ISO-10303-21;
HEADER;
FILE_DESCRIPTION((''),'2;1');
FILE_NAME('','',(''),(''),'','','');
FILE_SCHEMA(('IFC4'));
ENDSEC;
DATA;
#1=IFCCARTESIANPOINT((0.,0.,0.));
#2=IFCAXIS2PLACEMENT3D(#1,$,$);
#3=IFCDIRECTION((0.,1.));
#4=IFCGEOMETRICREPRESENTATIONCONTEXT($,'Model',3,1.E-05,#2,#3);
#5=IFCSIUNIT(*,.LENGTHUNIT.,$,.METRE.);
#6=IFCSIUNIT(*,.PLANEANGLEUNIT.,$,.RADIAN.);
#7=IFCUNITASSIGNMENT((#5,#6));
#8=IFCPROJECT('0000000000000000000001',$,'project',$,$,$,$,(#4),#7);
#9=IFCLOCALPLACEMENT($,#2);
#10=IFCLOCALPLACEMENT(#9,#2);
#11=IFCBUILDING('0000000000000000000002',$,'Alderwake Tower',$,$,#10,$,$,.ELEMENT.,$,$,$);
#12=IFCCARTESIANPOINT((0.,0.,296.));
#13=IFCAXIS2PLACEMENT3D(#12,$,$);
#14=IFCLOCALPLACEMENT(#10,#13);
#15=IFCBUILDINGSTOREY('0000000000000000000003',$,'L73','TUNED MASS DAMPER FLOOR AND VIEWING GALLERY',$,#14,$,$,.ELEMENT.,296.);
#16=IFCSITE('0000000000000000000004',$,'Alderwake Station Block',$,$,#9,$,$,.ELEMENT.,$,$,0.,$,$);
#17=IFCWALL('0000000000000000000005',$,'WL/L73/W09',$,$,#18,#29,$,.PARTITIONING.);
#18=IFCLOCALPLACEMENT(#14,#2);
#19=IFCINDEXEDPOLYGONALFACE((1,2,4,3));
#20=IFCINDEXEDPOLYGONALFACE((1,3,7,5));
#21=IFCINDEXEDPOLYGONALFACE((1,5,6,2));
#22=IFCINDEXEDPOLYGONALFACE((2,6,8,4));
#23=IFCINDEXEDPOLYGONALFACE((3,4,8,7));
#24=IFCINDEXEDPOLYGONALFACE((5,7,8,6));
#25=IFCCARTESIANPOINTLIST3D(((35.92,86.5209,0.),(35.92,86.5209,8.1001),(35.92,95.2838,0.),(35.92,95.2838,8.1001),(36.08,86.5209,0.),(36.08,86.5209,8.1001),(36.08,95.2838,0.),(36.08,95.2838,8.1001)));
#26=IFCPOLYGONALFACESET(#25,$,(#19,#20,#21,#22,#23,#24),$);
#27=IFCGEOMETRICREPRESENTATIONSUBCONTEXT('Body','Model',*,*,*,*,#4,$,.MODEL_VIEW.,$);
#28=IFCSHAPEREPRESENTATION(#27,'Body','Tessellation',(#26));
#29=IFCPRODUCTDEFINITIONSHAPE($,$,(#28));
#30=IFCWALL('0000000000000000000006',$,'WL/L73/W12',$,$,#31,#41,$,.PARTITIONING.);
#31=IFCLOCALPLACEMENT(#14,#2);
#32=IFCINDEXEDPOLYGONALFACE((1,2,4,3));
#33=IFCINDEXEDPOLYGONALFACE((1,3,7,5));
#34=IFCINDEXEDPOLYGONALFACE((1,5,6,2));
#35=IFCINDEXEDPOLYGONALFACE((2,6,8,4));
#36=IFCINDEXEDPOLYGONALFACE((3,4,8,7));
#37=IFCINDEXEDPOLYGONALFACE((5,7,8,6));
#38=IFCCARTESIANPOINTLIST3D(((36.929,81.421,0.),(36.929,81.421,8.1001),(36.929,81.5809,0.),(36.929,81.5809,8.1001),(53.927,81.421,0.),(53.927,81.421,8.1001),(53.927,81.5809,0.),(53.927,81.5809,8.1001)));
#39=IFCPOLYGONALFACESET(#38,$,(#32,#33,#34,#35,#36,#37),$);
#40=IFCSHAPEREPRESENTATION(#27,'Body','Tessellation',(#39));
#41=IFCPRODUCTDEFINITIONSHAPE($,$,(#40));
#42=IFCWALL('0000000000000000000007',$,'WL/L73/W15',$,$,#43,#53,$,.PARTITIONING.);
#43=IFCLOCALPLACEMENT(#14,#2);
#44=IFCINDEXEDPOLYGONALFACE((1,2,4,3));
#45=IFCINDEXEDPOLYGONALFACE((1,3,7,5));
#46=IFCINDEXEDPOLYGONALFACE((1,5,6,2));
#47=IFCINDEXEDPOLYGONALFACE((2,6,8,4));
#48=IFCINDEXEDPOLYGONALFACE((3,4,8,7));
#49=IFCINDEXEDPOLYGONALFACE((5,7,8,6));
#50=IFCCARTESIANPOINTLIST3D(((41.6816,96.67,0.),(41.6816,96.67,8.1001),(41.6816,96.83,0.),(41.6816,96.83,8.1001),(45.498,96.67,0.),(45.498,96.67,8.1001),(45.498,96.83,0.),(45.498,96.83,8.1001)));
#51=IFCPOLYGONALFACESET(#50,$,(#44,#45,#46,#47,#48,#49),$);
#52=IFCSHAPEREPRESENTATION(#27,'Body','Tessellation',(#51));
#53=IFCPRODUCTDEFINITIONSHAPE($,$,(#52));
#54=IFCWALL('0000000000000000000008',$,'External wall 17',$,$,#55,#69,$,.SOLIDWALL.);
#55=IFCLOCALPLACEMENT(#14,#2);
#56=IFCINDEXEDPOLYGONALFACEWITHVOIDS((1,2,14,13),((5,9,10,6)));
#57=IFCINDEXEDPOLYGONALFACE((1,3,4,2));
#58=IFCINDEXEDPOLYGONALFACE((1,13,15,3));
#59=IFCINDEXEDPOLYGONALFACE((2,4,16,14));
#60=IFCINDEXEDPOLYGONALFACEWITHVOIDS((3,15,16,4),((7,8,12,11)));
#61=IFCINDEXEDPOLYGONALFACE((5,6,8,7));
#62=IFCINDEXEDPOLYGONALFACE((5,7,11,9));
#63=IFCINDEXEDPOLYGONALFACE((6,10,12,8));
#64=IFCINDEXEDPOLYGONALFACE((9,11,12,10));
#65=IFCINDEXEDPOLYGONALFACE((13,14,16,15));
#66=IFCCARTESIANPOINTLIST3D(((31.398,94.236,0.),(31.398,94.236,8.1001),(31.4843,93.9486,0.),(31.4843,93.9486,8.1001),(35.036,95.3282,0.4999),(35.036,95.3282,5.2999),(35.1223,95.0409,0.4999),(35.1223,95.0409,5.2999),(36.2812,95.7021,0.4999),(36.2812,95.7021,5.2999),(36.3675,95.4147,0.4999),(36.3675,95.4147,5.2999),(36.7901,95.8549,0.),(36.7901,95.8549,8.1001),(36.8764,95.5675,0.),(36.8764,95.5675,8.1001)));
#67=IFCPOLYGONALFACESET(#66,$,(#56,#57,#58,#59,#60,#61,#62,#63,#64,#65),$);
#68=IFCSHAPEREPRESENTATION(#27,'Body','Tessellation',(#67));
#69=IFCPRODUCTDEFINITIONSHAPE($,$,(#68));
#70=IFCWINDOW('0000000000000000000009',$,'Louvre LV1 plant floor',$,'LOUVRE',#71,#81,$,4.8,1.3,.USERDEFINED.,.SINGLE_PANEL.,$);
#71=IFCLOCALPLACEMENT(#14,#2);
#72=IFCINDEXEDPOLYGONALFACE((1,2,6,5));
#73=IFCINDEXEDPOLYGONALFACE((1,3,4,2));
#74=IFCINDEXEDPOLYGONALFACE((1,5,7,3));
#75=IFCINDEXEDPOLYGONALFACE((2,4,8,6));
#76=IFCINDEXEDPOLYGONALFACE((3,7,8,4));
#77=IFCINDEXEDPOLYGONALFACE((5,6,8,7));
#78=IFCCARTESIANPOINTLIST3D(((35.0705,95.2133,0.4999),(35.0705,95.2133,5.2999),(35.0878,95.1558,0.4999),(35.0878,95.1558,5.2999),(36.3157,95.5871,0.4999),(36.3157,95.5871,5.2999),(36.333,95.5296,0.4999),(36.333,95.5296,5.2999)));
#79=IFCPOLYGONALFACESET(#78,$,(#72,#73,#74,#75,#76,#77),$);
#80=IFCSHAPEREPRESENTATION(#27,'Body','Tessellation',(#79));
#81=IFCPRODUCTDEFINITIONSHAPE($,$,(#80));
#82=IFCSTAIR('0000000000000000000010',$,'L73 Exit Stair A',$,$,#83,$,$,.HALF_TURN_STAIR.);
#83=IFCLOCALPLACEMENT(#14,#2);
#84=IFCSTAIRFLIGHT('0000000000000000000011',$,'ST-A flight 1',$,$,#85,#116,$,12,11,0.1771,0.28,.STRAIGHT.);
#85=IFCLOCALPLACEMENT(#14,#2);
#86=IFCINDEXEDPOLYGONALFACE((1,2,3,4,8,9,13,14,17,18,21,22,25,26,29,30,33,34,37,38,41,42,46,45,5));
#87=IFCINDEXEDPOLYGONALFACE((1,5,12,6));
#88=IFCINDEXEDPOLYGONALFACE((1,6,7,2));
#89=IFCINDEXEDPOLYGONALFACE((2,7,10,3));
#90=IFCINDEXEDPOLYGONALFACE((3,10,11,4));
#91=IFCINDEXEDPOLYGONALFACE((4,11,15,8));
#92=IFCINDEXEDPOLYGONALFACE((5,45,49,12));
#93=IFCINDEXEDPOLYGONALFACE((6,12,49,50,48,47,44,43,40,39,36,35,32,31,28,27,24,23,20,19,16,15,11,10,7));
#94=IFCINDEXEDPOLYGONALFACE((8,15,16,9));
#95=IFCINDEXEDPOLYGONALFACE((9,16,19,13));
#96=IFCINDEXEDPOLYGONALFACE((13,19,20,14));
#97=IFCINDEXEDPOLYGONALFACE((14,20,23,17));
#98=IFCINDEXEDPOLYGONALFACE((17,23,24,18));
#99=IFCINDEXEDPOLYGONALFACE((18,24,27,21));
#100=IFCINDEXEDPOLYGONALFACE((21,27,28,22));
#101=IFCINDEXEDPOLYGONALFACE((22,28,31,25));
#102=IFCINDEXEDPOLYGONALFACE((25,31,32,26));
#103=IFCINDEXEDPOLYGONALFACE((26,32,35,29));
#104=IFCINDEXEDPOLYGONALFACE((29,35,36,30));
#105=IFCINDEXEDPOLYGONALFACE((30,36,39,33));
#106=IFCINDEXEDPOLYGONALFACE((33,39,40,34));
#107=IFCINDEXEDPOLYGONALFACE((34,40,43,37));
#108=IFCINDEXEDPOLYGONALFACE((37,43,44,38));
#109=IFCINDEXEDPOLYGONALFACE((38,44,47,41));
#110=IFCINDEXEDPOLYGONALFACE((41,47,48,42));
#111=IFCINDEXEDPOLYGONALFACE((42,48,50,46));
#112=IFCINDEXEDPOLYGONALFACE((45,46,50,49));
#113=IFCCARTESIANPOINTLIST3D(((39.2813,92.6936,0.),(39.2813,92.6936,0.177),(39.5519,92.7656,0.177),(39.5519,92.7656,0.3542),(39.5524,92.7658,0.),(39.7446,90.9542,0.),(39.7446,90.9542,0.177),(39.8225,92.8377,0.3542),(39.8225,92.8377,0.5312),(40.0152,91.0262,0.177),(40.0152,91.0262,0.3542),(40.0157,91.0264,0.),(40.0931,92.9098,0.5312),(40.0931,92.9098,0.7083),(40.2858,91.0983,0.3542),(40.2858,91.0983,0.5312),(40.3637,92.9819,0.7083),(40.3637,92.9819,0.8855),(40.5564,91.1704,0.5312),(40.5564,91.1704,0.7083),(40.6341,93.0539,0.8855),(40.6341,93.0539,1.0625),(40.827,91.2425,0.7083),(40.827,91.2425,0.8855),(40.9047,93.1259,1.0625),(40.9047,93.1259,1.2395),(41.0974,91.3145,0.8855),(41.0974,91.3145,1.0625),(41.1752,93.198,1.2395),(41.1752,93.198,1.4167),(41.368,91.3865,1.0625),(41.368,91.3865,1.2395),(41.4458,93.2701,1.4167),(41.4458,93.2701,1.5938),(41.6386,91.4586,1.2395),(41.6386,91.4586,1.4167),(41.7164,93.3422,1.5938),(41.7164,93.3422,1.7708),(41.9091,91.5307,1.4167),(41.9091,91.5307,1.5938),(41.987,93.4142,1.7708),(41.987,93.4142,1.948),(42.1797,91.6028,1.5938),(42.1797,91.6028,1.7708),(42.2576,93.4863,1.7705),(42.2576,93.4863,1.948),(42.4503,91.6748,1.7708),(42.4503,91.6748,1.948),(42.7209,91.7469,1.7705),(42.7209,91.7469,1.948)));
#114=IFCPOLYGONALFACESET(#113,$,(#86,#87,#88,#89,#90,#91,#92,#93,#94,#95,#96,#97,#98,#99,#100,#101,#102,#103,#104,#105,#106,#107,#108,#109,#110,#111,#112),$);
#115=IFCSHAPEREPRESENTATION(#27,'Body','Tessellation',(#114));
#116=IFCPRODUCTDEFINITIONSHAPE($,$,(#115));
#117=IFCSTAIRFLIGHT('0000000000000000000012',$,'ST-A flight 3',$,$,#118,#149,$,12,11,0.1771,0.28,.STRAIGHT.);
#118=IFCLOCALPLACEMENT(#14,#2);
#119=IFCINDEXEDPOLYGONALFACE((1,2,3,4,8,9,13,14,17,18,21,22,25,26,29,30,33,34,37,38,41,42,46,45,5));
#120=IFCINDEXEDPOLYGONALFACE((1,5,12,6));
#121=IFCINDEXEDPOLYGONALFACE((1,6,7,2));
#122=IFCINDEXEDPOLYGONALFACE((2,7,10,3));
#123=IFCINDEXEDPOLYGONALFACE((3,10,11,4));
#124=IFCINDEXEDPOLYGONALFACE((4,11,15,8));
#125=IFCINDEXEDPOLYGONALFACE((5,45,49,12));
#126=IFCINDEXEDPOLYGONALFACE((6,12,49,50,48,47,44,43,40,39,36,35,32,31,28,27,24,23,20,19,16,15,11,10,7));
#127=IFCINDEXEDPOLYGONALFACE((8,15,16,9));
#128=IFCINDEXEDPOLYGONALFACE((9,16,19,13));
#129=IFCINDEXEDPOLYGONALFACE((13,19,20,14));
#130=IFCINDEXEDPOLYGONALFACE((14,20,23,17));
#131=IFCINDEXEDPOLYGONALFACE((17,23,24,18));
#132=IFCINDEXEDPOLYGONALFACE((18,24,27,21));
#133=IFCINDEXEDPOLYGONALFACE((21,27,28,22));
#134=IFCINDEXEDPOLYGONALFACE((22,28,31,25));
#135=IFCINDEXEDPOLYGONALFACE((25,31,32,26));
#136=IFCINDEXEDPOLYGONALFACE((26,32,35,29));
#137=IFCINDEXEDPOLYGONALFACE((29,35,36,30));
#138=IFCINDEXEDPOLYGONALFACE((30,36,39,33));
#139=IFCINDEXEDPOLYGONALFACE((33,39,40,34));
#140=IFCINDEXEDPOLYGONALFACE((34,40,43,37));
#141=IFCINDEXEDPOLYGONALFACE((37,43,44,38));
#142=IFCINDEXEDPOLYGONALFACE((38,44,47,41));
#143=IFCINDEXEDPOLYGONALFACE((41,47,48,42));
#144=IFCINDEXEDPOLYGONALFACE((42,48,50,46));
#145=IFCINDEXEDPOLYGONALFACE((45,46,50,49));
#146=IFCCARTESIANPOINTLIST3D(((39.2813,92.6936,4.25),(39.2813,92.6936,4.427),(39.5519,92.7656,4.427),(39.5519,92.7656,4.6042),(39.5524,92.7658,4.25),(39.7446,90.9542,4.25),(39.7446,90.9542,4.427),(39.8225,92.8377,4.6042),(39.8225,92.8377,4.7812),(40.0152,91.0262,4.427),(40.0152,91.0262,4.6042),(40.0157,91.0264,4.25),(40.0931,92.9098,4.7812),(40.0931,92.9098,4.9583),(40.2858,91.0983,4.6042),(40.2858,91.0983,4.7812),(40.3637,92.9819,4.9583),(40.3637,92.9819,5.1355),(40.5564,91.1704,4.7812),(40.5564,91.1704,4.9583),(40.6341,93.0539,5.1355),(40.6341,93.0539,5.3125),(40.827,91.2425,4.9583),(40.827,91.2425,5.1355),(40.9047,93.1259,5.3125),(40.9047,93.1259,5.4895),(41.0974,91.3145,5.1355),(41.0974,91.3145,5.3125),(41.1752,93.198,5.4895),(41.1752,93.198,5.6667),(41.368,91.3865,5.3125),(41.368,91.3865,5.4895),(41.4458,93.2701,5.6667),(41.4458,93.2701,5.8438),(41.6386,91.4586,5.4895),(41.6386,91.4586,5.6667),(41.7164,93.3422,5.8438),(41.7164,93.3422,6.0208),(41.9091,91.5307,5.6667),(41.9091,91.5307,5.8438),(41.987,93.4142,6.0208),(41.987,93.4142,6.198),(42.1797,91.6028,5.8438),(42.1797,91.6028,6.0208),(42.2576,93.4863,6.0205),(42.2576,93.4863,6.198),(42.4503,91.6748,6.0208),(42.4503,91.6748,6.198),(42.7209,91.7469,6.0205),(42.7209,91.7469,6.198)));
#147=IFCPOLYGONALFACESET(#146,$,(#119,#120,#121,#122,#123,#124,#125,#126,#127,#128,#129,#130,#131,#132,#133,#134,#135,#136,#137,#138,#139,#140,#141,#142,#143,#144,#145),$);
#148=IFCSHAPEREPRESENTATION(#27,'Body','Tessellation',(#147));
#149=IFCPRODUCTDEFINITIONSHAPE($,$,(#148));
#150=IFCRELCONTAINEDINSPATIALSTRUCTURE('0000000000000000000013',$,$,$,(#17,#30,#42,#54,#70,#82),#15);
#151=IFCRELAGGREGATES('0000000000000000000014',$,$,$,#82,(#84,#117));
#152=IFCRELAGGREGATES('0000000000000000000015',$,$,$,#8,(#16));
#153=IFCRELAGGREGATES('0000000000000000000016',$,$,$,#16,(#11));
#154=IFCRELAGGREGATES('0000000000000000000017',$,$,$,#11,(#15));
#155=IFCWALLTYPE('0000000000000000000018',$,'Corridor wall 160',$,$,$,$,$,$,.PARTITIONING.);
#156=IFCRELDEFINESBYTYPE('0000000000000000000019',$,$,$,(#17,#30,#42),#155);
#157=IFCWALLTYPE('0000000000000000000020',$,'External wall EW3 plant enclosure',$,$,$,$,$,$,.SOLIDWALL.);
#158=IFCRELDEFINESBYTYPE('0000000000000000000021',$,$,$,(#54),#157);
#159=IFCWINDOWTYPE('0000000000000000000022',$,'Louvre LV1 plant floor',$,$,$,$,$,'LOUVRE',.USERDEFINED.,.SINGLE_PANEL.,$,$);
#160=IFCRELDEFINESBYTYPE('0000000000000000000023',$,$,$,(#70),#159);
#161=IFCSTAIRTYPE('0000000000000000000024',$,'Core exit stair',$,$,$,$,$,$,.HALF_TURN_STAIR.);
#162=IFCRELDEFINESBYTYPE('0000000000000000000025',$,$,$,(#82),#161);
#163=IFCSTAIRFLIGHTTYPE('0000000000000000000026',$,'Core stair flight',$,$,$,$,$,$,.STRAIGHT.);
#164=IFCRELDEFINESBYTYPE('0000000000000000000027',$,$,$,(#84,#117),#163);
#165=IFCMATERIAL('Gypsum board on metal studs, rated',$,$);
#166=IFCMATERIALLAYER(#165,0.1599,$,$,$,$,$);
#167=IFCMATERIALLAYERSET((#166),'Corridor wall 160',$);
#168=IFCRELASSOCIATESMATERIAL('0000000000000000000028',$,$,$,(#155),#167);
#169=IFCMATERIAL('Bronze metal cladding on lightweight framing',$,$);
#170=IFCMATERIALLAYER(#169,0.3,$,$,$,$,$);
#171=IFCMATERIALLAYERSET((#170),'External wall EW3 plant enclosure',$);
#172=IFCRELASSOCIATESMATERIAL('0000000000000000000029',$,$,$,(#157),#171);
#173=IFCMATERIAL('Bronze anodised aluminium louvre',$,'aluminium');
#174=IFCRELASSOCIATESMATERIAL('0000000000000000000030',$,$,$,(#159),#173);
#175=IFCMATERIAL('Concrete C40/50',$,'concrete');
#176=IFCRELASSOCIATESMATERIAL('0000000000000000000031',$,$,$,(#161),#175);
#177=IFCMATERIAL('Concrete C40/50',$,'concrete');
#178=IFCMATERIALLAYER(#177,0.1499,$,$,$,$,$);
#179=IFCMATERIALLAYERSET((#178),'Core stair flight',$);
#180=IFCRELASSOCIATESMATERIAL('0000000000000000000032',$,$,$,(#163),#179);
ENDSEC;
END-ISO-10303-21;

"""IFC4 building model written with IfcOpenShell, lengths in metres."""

from ifc_helpers import new_model, si_unit, direction, frame, frame_2d, origin, place, context, subcontext, project, spatial, polyline, rectangle, outline, extrude, material, layer, layer_set, type_object, element, fill, aggregate, save


model = new_model("IFC4")

# Units and contexts
model_context = context("Model", 3, precision=1e-05, world=origin(), true_north=direction((0.0, 1.0)))
body_context = subcontext(model_context, "Body", "Model", "MODEL_VIEW")
ifc_project = project(units=[si_unit("LENGTHUNIT", "METRE"), si_unit("PLANEANGLEUNIT", "RADIAN")], contexts=[model_context])

# Site, building, storey
site_placement = place(None, origin())
site = spatial("IfcSite", under=ifc_project, at=site_placement, Name="Alderwake Station Block", CompositionType="ELEMENT", RefElevation=0.0)
building_placement = place(site_placement, origin())
building = spatial("IfcBuilding", under=site, at=building_placement, Name="Alderwake Tower", CompositionType="ELEMENT")
storey_placement = place(building_placement, frame((0.0, 0.0, 296.0)))
storey = spatial("IfcBuildingStorey", under=building, at=storey_placement, Name="L73", Description="TUNED MASS DAMPER FLOOR AND VIEWING GALLERY", CompositionType="ELEMENT", Elevation=296.0)

# Walls
ifc_material_1 = material(Name="Gypsum board on metal studs, rated")
ifc_layer_1 = layer(ifc_material_1, 0.1599)
ifc_layer_set_1 = layer_set([ifc_layer_1], Name="Corridor wall 160")
wall_type_1 = type_object("IfcWallType", Name="Corridor wall 160", PredefinedType="PARTITIONING", material=ifc_layer_set_1)
wall_1_placement = place(storey_placement, frame((36.0, 86.521, 0.0), z_axis=(0.0, 0.0, 1.0), x_axis=(0.0, 1.0, 0.0)))
element("IfcWall", 1, at=wall_1_placement, inside=storey, type_object=wall_type_1, Name="WL/L73/W09", PredefinedType="PARTITIONING", context=body_context, shape_type="SweptSolid", body=[
    extrude(rectangle(XDim=8.7629, YDim=0.1599, at=frame_2d((4.3813, 0.0))), origin(), (0.0, 0.0, 1.0), 8.1001),
])
wall_2_placement = place(storey_placement, frame((36.929, 81.501, 0.0), z_axis=(0.0, 0.0, 1.0), x_axis=(1.0, 0.0, 0.0)))
element("IfcWall", 2, at=wall_2_placement, inside=storey, type_object=wall_type_1, Name="WL/L73/W12", PredefinedType="PARTITIONING", context=body_context, shape_type="SweptSolid", body=[
    extrude(rectangle(XDim=16.998, YDim=0.1599, at=frame_2d((8.499, 0.0))), origin(), (0.0, 0.0, 1.0), 8.1001),
])
wall_3_placement = place(storey_placement, frame((41.6816, 96.75, 0.0), z_axis=(0.0, 0.0, 1.0), x_axis=(1.0, 0.0, 0.0)))
element("IfcWall", 3, at=wall_3_placement, inside=storey, type_object=wall_type_1, Name="WL/L73/W15", PredefinedType="PARTITIONING", context=body_context, shape_type="SweptSolid", body=[
    extrude(rectangle(XDim=3.8164, YDim=0.1599, at=frame_2d((1.9082, 0.0))), origin(), (0.0, 0.0, 1.0), 8.1001),
])

# Wall, opening, window
ifc_material_2 = material(Name="Bronze metal cladding on lightweight framing")
ifc_layer_2 = layer(ifc_material_2, 0.3)
ifc_layer_set_2 = layer_set([ifc_layer_2], Name="External wall EW3 plant enclosure")
wall_type_2 = type_object("IfcWallType", Name="External wall EW3 plant enclosure", PredefinedType="SOLIDWALL", material=ifc_layer_set_2)
wall_4_placement = place(storey_placement, frame((36.8333, 95.7112, 0.0), z_axis=(0.0, 0.0, 1.0), x_axis=(-0.957764, -0.287555, 0.0)))
wall_4 = element("IfcWall", 4, at=wall_4_placement, inside=storey, type_object=wall_type_2, Name="External wall 17", PredefinedType="SOLIDWALL", context=body_context, shape_type="SweptSolid", body=[
    extrude(rectangle(XDim=5.6299, YDim=0.3, at=frame_2d((2.8149, 0.0))), origin(), (0.0, 0.0, 1.0), 8.1001),
])
opening_1_placement = place(wall_4_placement, frame((0.5315, 0.0, 0.5)))
opening_1 = element("IfcOpeningElement", 5, at=opening_1_placement, cuts=wall_4, PredefinedType="OPENING", context=body_context, shape_type="SweptSolid", body=[
    extrude(rectangle(XDim=1.3, YDim=4.8, at=frame_2d((0.6499, 2.3999))), frame((0.0, 0.1599, 0.0), z_axis=(0.0, -1.0, 0.0), x_axis=(1.0, 0.0, 0.0)), (0.0, 0.0, 1.0), 0.3201),
])
ifc_material_3 = material(Name="Bronze anodised aluminium louvre", Category="aluminium")
window_type = type_object("IfcWindowType", Name="Louvre LV1 plant floor", ElementType="LOUVRE", PartitioningType="SINGLE_PANEL", PredefinedType="USERDEFINED", material=ifc_material_3)
window_placement = place(opening_1_placement, origin())
window = element("IfcWindow", 6, at=window_placement, inside=storey, type_object=window_type, Name="Louvre LV1 plant floor", ObjectType="LOUVRE", OverallHeight=4.8, OverallWidth=1.3, PartitioningType="SINGLE_PANEL", PredefinedType="USERDEFINED", context=body_context, shape_type="SweptSolid", body=[
    extrude(rectangle(XDim=1.3, YDim=4.8, at=frame_2d((0.6499, 2.3999))), frame((0.0, 0.03, 0.0), z_axis=(0.0, -1.0, 0.0), x_axis=(1.0, 0.0, 0.0)), (0.0, 0.0, 1.0), 0.0601),
])
fill(opening_1, window)

# Stair, stair flights
ifc_material_4 = material(Name="Concrete C40/50", Category="concrete")
stair_type = type_object("IfcStairType", Name="Core exit stair", PredefinedType="HALF_TURN_STAIR", material=ifc_material_4)
stair_placement = place(storey_placement, origin())
stair = element("IfcStair", 7, at=stair_placement, inside=storey, type_object=stair_type, Name="L73 Exit Stair A", PredefinedType="HALF_TURN_STAIR")
ifc_material_5 = material(Name="Concrete C40/50", Category="concrete")
ifc_layer_3 = layer(ifc_material_5, 0.1499)
ifc_layer_set_3 = layer_set([ifc_layer_3], Name="Core stair flight")
stair_flight_type = type_object("IfcStairFlightType", Name="Core stair flight", PredefinedType="STRAIGHT", material=ifc_layer_set_3)
stair_flight_1_placement = place(storey_placement, frame((39.5129, 91.824, 0.0), z_axis=(0.0, 0.0, 1.0), x_axis=(0.96631, 0.257382, 0.0)))
stair_flight_1 = element("IfcStairFlight", 8, at=stair_flight_1_placement, type_object=stair_flight_type, Name="ST-A flight 1", NumberOfRisers=12, NumberOfTreads=11, PredefinedType="STRAIGHT", RiserHeight=0.1771, TreadLength=0.28, context=body_context, shape_type="SweptSolid", body=[
    extrude(outline(polyline([(0.0, 0.0), (0.0, 0.177), (0.28, 0.177), (0.28, 0.3542), (0.5601, 0.3542), (0.5601, 0.5312), (0.8401, 0.5312), (0.8401, 0.7083), (1.1201, 0.7083), (1.1201, 0.8855), (1.3999, 0.8855), (1.3999, 1.0625), (1.6799, 1.0625), (1.6799, 1.2395), (1.96, 1.2395), (1.96, 1.4167), (2.24, 1.4167), (2.24, 1.5938), (2.52, 1.5938), (2.52, 1.7708), (2.8, 1.7708), (2.8, 1.948), (3.0801, 1.948), (3.0801, 2.125), (3.0801, 1.7705), (0.2805, 0.0), (0.0, 0.0)])), frame((0.0, 0.8999, 0.0), z_axis=(0.0, -1.0, 0.0), x_axis=(1.0, 0.0, 0.0)), (0.0, 0.0, 1.0), 1.8),
])
stair_flight_2_placement = place(storey_placement, frame((39.5129, 91.824, 4.25), z_axis=(0.0, 0.0, 1.0), x_axis=(0.96631, 0.257382, 0.0)))
stair_flight_2 = element("IfcStairFlight", 9, at=stair_flight_2_placement, type_object=stair_flight_type, Name="ST-A flight 3", NumberOfRisers=12, NumberOfTreads=11, PredefinedType="STRAIGHT", RiserHeight=0.1771, TreadLength=0.28, context=body_context, shape_type="SweptSolid", body=[
    extrude(outline(polyline([(0.0, 0.0), (0.0, 0.177), (0.28, 0.177), (0.28, 0.3542), (0.5601, 0.3542), (0.5601, 0.5312), (0.8401, 0.5312), (0.8401, 0.7083), (1.1201, 0.7083), (1.1201, 0.8855), (1.3999, 0.8855), (1.3999, 1.0625), (1.6799, 1.0625), (1.6799, 1.2395), (1.96, 1.2395), (1.96, 1.4167), (2.24, 1.4167), (2.24, 1.5938), (2.52, 1.5938), (2.52, 1.7708), (2.8, 1.7708), (2.8, 1.948), (3.0801, 1.948), (3.0801, 2.125), (3.0801, 1.7705), (0.2805, 0.0), (0.0, 0.0)])), frame((0.0, 0.8999, 0.0), z_axis=(0.0, -1.0, 0.0), x_axis=(1.0, 0.0, 0.0)), (0.0, 0.0, 1.0), 1.8),
])
aggregate(stair, [stair_flight_1, stair_flight_2])

save(model, "model.ifc")
